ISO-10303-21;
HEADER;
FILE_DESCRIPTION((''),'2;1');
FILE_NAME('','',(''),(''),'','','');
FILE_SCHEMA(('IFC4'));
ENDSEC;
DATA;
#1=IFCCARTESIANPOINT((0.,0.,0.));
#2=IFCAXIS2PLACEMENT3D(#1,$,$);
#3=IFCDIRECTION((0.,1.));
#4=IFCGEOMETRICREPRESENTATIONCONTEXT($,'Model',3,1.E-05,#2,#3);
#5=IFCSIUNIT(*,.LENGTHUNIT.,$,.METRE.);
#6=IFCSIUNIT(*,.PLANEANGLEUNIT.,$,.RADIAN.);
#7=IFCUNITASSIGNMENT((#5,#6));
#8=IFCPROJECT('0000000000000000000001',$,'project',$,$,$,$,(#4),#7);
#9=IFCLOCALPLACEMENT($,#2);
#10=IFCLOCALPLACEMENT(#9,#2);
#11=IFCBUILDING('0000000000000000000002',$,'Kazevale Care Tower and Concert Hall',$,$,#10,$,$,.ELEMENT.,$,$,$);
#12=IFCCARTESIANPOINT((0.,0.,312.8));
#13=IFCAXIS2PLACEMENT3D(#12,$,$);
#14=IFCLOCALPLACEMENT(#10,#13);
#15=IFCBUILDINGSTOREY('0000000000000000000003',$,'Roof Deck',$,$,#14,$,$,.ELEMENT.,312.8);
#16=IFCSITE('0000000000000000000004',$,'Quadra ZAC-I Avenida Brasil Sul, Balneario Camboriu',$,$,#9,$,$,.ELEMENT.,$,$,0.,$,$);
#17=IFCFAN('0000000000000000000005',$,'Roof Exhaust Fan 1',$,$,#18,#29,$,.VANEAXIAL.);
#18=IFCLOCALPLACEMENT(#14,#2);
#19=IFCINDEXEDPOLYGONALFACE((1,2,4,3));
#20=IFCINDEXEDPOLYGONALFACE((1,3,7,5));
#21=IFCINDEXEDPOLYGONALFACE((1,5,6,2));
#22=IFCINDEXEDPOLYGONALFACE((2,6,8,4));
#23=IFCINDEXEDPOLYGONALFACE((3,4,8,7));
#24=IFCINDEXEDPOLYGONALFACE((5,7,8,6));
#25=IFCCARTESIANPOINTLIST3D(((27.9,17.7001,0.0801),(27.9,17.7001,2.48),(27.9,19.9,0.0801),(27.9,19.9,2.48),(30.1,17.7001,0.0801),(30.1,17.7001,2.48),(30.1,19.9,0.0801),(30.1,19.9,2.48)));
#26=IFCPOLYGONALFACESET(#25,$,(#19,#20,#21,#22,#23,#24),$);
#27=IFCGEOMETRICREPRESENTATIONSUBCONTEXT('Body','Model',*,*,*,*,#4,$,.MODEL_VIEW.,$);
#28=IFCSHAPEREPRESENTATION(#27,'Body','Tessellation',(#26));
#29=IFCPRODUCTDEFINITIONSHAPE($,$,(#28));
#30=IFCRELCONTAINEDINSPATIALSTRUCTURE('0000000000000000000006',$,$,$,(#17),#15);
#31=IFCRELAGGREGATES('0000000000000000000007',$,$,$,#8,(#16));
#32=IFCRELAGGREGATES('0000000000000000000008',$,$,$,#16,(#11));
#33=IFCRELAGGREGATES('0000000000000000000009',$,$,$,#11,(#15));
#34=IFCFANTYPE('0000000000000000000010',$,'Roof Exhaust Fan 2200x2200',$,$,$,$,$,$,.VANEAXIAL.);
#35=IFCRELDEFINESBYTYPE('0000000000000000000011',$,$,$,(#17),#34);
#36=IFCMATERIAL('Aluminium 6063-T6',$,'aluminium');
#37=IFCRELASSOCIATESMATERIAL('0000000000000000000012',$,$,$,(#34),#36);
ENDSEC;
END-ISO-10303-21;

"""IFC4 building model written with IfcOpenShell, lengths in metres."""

from ifc_helpers import new_model, si_unit, direction, frame, origin, origin_2d, place, context, subcontext, project, spatial, rectangle, extrude, material, type_object, element, save


model = new_model("IFC4")

# Units and contexts
model_context = context("Model", 3, precision=1e-05, world=origin(), true_north=direction((0.0, 1.0)))
body_context = subcontext(model_context, "Body", "Model", "MODEL_VIEW")
ifc_project = project(units=[si_unit("LENGTHUNIT", "METRE"), si_unit("PLANEANGLEUNIT", "RADIAN")], contexts=[model_context])

# Site, building, storey
site_placement = place(None, origin())
site = spatial("IfcSite", under=ifc_project, at=site_placement, Name="Quadra ZAC-I Avenida Brasil Sul, Balneario Camboriu", CompositionType="ELEMENT", RefElevation=0.0)
building_placement = place(site_placement, origin())
building = spatial("IfcBuilding", under=site, at=building_placement, Name="Kazevale Care Tower and Concert Hall", CompositionType="ELEMENT")
storey_placement = place(building_placement, frame((0.0, 0.0, 312.8)))
storey = spatial("IfcBuildingStorey", under=building, at=storey_placement, Name="Roof Deck", CompositionType="ELEMENT", Elevation=312.8)

# Fan
ifc_material_1 = material(Name="Aluminium 6063-T6", Category="aluminium")
fan_type = type_object("IfcFanType", Name="Roof Exhaust Fan 2200x2200", PredefinedType="VANEAXIAL", material=ifc_material_1)
fan_placement = place(storey_placement, frame((29.0, 18.8, 0.0801), z_axis=(0.0, 0.0, 1.0), x_axis=(1.0, 0.0, 0.0)))
element("IfcFan", 1, at=fan_placement, inside=storey, type_object=fan_type, Name="Roof Exhaust Fan 1", PredefinedType="VANEAXIAL", context=body_context, shape_type="SweptSolid", body=[
    extrude(rectangle(XDim=2.2, YDim=2.2, at=origin_2d()), origin(), (0.0, 0.0, 1.0), 2.3999),
])

save(model, "model.ifc")
